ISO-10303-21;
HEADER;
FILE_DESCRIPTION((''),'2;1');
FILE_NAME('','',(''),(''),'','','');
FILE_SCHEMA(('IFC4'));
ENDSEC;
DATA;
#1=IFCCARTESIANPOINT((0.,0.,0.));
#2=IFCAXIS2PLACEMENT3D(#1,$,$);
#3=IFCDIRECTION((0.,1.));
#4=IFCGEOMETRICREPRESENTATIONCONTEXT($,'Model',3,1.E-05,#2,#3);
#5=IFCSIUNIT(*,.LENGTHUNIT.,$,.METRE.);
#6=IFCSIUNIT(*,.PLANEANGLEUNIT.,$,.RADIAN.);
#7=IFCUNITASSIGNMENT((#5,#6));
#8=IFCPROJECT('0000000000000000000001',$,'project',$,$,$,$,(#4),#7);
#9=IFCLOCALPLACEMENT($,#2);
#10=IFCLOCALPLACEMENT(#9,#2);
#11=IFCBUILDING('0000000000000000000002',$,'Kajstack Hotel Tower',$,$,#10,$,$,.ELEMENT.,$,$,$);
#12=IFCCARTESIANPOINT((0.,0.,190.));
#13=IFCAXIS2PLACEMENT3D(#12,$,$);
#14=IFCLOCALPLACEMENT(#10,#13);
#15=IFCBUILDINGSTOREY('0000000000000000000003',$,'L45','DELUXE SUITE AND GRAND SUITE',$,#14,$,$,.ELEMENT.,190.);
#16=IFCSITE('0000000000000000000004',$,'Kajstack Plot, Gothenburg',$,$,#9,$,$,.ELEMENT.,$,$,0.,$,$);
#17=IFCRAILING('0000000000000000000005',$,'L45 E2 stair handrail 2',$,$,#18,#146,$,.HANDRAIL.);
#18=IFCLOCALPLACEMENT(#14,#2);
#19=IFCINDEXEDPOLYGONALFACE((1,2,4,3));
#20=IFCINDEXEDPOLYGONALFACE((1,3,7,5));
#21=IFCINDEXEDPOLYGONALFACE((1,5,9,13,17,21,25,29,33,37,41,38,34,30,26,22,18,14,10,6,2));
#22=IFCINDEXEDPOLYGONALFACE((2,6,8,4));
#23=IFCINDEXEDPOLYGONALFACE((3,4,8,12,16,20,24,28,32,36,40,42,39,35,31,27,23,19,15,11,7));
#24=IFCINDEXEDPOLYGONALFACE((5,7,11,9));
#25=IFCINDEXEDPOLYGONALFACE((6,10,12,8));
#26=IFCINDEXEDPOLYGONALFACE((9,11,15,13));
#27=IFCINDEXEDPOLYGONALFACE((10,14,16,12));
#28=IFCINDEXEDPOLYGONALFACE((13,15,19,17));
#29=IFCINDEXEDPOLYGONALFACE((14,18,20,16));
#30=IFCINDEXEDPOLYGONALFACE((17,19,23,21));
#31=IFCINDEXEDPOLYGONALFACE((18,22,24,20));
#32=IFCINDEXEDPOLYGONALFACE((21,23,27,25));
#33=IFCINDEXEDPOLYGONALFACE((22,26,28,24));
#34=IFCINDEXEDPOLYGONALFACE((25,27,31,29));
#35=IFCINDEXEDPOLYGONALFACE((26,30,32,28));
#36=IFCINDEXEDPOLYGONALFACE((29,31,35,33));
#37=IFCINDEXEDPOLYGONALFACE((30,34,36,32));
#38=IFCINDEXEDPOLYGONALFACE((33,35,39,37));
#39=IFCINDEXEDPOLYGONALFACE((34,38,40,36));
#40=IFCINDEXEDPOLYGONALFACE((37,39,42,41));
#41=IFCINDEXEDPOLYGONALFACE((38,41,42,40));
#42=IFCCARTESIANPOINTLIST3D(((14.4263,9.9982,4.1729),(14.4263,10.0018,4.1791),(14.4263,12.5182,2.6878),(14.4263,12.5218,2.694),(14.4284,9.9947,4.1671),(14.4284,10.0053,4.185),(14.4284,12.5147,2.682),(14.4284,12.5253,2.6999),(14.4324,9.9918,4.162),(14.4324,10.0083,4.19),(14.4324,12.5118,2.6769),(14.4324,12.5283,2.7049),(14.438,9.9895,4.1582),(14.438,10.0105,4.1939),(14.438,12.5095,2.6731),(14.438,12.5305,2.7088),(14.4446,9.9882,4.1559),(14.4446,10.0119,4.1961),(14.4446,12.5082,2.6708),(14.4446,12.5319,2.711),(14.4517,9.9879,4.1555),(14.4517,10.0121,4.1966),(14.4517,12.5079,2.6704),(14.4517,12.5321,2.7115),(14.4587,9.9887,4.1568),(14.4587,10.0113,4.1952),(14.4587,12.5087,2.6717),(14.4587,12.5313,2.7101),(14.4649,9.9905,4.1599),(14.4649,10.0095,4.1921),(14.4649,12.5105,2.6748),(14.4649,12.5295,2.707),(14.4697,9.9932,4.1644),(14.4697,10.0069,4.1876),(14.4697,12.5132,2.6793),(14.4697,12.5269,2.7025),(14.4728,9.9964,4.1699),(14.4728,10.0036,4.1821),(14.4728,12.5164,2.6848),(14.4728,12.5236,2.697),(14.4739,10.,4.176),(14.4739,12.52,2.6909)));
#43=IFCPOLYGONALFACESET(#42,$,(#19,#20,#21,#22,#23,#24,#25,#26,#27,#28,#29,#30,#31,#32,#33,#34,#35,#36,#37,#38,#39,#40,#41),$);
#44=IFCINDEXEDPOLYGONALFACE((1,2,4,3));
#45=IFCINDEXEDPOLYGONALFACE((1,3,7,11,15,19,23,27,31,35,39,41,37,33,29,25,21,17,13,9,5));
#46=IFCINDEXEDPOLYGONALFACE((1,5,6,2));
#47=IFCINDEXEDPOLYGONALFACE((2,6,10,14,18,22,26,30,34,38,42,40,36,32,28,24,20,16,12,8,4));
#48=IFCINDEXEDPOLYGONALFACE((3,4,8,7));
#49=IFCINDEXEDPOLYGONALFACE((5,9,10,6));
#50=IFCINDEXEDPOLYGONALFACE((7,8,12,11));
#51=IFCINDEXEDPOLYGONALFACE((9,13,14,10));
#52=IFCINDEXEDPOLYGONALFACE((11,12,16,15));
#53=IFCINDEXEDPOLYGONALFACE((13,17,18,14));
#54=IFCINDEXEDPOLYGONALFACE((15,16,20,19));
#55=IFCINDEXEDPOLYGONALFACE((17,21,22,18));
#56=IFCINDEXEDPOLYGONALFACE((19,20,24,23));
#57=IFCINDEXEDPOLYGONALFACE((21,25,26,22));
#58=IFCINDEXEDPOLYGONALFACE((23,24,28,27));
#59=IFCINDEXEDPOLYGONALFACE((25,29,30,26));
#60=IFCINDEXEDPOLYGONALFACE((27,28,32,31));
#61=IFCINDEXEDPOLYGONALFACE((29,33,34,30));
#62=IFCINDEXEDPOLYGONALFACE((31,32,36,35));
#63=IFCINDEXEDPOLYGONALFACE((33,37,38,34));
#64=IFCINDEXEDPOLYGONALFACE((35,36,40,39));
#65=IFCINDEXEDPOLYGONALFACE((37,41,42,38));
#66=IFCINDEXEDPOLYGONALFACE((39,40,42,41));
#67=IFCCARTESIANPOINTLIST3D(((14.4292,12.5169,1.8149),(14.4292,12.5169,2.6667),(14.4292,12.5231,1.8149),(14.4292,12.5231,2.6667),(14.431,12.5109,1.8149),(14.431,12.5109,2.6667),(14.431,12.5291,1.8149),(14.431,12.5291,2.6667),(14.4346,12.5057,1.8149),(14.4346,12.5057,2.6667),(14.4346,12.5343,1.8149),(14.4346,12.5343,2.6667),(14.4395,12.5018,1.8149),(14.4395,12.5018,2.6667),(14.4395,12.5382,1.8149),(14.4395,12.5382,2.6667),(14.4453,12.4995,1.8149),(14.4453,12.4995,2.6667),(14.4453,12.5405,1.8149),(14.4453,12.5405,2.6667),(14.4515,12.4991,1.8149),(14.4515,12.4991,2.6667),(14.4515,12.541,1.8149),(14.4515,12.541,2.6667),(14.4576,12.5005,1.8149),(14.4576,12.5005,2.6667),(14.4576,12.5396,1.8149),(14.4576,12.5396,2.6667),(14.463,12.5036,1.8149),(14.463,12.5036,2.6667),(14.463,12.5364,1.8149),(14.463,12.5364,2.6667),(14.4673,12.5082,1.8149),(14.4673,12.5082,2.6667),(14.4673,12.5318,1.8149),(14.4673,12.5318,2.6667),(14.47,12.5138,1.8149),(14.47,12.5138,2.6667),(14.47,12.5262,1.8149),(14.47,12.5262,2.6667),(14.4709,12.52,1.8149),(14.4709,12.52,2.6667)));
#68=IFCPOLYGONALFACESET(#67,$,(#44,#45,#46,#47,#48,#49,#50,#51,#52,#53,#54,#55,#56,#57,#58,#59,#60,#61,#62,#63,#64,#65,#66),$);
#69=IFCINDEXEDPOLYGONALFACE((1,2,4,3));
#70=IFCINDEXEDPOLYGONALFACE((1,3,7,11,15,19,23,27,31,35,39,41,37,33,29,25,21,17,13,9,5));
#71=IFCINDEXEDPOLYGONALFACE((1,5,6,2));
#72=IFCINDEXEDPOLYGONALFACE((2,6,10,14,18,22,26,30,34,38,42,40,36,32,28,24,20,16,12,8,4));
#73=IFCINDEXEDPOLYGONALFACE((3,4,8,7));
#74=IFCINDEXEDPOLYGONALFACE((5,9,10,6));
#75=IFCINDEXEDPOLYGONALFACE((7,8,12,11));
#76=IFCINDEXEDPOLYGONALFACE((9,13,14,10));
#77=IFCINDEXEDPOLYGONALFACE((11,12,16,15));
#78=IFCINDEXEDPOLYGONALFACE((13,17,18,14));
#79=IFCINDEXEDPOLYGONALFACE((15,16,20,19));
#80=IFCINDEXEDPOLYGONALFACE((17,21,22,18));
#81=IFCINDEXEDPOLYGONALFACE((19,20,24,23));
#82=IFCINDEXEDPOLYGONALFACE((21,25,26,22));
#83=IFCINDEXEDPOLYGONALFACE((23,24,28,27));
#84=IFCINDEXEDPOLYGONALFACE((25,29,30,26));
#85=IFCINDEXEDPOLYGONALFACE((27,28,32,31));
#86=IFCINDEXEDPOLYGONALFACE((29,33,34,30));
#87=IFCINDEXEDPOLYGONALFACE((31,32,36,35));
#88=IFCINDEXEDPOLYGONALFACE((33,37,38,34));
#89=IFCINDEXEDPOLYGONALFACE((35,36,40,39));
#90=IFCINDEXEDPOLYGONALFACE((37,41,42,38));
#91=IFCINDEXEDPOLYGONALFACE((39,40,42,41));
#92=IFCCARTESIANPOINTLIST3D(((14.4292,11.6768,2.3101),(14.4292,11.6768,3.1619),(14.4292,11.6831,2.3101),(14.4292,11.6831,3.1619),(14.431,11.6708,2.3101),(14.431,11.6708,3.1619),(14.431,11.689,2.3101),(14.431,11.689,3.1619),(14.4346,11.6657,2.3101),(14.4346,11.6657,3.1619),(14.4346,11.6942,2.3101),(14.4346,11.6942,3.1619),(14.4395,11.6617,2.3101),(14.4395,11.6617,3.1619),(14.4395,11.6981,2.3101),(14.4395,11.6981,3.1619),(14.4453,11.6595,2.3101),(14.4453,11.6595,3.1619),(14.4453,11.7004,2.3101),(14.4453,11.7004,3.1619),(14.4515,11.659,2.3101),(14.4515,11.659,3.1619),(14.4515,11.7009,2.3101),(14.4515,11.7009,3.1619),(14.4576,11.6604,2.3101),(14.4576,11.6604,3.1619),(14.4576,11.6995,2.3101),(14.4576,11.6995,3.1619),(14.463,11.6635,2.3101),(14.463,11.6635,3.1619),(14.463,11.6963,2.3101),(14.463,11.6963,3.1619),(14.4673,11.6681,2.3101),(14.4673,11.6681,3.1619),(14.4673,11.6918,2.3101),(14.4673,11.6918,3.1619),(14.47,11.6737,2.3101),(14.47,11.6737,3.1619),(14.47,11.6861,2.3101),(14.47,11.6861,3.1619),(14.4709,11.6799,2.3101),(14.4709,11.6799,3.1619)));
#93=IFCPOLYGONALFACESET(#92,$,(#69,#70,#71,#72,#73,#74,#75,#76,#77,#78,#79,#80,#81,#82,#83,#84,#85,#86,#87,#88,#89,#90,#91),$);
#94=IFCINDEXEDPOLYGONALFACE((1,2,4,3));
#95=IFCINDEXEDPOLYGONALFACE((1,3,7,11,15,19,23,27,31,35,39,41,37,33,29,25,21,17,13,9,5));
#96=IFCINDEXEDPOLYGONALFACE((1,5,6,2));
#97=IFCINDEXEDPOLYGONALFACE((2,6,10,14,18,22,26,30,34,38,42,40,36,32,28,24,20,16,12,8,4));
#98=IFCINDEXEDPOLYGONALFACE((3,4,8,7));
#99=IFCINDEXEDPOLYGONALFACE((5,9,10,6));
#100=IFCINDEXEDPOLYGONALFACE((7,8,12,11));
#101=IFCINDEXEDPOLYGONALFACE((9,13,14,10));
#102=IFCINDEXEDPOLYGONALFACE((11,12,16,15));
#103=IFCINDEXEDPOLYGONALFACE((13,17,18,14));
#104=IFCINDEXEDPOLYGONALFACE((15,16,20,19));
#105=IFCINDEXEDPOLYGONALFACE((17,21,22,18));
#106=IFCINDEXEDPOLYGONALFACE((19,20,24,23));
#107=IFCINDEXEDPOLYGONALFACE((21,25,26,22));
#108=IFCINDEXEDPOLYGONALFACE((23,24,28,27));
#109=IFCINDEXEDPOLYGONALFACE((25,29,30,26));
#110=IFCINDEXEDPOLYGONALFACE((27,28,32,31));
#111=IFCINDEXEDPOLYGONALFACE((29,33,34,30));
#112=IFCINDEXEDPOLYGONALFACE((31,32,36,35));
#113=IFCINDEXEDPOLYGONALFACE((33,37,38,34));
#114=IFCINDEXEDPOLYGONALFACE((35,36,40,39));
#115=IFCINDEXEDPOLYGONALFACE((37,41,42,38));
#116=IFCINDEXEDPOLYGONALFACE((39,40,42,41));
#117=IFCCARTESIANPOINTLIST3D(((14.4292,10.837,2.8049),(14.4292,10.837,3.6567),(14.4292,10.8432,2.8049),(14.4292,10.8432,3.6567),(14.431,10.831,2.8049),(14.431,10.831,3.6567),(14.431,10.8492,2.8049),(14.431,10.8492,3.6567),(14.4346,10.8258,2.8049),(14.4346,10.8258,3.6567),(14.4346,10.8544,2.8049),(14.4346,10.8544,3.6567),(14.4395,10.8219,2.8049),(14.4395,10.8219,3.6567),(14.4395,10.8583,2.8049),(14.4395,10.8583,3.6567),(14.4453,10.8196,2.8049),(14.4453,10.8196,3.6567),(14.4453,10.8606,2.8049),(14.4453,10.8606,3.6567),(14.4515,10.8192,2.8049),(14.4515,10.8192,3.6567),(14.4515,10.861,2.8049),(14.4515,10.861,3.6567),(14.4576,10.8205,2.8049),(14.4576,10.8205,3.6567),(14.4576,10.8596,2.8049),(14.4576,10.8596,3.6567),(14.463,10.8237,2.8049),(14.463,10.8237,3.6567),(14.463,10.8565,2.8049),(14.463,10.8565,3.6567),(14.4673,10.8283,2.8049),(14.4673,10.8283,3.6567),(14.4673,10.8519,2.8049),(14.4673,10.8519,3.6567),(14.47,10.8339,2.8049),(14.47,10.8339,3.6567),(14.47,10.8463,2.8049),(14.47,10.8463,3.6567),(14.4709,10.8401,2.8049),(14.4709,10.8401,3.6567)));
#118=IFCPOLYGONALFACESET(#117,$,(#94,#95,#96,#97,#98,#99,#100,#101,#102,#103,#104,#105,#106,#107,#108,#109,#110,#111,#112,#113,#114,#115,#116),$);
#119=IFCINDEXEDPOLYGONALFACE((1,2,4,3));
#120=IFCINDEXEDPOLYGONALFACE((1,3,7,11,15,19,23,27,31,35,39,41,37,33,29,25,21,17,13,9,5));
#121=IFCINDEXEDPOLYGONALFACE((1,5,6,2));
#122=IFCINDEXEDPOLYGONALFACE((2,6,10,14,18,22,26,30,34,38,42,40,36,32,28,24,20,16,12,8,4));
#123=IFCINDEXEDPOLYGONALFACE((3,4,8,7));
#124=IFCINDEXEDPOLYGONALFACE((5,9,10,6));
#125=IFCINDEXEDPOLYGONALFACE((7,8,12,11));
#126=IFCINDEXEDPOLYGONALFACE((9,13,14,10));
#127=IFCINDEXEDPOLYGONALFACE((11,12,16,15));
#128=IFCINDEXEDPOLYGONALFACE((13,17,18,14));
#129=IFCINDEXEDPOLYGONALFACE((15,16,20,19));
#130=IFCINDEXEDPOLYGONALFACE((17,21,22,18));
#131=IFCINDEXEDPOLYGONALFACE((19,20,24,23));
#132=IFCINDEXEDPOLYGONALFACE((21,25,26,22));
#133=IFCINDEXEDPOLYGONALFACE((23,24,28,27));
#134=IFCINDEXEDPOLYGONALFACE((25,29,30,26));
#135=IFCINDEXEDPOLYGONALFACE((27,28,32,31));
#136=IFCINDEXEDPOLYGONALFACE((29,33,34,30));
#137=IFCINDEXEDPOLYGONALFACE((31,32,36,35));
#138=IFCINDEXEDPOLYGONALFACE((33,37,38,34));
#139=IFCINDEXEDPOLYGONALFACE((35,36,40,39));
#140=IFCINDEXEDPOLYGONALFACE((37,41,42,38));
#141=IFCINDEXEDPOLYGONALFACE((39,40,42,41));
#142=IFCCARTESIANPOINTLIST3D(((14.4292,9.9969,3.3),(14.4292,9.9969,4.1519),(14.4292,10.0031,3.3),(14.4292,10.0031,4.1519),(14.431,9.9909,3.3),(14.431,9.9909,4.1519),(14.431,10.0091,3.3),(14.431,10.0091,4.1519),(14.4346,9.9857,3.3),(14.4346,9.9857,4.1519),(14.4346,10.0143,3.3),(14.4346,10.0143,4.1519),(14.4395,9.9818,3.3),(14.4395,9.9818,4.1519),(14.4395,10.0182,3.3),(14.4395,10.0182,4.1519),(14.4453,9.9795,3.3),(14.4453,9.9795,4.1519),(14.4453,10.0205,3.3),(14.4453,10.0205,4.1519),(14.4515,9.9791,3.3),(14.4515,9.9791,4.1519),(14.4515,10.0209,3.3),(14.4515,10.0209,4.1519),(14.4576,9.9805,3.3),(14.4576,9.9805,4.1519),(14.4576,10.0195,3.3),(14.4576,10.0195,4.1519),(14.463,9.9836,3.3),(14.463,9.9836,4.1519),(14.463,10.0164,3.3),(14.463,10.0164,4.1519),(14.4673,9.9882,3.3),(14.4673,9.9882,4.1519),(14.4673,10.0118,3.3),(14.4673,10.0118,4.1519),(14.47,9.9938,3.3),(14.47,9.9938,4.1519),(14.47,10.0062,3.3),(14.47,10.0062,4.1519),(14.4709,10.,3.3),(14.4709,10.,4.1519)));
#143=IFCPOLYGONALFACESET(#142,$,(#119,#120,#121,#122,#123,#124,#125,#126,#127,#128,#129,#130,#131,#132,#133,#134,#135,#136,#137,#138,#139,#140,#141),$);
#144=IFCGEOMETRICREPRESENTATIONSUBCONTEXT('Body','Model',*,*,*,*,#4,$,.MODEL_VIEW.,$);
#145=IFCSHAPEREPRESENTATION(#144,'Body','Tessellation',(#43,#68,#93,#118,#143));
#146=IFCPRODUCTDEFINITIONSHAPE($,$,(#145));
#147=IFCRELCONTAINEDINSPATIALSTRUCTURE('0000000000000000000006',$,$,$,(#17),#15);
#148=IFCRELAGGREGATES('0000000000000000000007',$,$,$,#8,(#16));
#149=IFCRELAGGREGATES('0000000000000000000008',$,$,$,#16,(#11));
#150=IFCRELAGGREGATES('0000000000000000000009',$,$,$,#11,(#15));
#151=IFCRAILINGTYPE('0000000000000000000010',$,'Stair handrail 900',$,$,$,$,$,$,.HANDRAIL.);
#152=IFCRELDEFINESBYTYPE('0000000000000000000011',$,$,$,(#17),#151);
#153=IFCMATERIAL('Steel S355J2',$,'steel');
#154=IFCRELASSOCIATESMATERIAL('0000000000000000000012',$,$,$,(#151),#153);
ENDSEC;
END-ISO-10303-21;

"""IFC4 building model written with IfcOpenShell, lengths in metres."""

from ifc_helpers import new_model, si_unit, direction, frame, origin, origin_2d, place, context, subcontext, project, spatial, circle, extrude, material, type_object, element, save


model = new_model("IFC4")

# Units and contexts
model_context = context("Model", 3, precision=1e-05, world=origin(), true_north=direction((0.0, 1.0)))
body_context = subcontext(model_context, "Body", "Model", "MODEL_VIEW")
ifc_project = project(units=[si_unit("LENGTHUNIT", "METRE"), si_unit("PLANEANGLEUNIT", "RADIAN")], contexts=[model_context])

# Site, building, storey
site_placement = place(None, origin())
site = spatial("IfcSite", under=ifc_project, at=site_placement, Name="Kajstack Plot, Gothenburg", CompositionType="ELEMENT", RefElevation=0.0)
building_placement = place(site_placement, origin())
building = spatial("IfcBuilding", under=site, at=building_placement, Name="Kajstack Hotel Tower", CompositionType="ELEMENT")
storey_placement = place(building_placement, frame((0.0, 0.0, 190.0)))
storey = spatial("IfcBuildingStorey", under=building, at=storey_placement, Name="L45", Description="DELUXE SUITE AND GRAND SUITE", CompositionType="ELEMENT", Elevation=190.0)

# Railing
ifc_material_1 = material(Name="Steel S355J2", Category="steel")
railing_type = type_object("IfcRailingType", Name="Stair handrail 900", PredefinedType="HANDRAIL", material=ifc_material_1)
railing_placement = place(storey_placement, frame((14.45, 12.52, 1.8149)))
element("IfcRailing", 1, at=railing_placement, inside=storey, type_object=railing_type, Name="L45 E2 stair handrail 2", PredefinedType="HANDRAIL", context=body_context, shape_type="SweptSolid", body=[
    extrude(circle(Radius=0.0239, at=origin_2d()), frame((0.0, 0.0, 0.876), z_axis=(0.0, -0.861524, 0.507717), x_axis=(1.0, 0.0, 0.0)), (0.0, 0.0, 1.0), 2.925),
    extrude(circle(Radius=0.021, at=origin_2d()), origin(), (0.0, 0.0, 1.0), 0.8518),
    extrude(circle(Radius=0.021, at=origin_2d()), frame((0.0, -0.8401, 0.4951)), (0.0, 0.0, 1.0), 0.8518),
    extrude(circle(Radius=0.021, at=origin_2d()), frame((0.0, -1.6799, 0.99)), (0.0, 0.0, 1.0), 0.8518),
    extrude(circle(Radius=0.021, at=origin_2d()), frame((0.0, -2.52, 1.4851)), (0.0, 0.0, 1.0), 0.8518),
])

save(model, "model.ifc")
